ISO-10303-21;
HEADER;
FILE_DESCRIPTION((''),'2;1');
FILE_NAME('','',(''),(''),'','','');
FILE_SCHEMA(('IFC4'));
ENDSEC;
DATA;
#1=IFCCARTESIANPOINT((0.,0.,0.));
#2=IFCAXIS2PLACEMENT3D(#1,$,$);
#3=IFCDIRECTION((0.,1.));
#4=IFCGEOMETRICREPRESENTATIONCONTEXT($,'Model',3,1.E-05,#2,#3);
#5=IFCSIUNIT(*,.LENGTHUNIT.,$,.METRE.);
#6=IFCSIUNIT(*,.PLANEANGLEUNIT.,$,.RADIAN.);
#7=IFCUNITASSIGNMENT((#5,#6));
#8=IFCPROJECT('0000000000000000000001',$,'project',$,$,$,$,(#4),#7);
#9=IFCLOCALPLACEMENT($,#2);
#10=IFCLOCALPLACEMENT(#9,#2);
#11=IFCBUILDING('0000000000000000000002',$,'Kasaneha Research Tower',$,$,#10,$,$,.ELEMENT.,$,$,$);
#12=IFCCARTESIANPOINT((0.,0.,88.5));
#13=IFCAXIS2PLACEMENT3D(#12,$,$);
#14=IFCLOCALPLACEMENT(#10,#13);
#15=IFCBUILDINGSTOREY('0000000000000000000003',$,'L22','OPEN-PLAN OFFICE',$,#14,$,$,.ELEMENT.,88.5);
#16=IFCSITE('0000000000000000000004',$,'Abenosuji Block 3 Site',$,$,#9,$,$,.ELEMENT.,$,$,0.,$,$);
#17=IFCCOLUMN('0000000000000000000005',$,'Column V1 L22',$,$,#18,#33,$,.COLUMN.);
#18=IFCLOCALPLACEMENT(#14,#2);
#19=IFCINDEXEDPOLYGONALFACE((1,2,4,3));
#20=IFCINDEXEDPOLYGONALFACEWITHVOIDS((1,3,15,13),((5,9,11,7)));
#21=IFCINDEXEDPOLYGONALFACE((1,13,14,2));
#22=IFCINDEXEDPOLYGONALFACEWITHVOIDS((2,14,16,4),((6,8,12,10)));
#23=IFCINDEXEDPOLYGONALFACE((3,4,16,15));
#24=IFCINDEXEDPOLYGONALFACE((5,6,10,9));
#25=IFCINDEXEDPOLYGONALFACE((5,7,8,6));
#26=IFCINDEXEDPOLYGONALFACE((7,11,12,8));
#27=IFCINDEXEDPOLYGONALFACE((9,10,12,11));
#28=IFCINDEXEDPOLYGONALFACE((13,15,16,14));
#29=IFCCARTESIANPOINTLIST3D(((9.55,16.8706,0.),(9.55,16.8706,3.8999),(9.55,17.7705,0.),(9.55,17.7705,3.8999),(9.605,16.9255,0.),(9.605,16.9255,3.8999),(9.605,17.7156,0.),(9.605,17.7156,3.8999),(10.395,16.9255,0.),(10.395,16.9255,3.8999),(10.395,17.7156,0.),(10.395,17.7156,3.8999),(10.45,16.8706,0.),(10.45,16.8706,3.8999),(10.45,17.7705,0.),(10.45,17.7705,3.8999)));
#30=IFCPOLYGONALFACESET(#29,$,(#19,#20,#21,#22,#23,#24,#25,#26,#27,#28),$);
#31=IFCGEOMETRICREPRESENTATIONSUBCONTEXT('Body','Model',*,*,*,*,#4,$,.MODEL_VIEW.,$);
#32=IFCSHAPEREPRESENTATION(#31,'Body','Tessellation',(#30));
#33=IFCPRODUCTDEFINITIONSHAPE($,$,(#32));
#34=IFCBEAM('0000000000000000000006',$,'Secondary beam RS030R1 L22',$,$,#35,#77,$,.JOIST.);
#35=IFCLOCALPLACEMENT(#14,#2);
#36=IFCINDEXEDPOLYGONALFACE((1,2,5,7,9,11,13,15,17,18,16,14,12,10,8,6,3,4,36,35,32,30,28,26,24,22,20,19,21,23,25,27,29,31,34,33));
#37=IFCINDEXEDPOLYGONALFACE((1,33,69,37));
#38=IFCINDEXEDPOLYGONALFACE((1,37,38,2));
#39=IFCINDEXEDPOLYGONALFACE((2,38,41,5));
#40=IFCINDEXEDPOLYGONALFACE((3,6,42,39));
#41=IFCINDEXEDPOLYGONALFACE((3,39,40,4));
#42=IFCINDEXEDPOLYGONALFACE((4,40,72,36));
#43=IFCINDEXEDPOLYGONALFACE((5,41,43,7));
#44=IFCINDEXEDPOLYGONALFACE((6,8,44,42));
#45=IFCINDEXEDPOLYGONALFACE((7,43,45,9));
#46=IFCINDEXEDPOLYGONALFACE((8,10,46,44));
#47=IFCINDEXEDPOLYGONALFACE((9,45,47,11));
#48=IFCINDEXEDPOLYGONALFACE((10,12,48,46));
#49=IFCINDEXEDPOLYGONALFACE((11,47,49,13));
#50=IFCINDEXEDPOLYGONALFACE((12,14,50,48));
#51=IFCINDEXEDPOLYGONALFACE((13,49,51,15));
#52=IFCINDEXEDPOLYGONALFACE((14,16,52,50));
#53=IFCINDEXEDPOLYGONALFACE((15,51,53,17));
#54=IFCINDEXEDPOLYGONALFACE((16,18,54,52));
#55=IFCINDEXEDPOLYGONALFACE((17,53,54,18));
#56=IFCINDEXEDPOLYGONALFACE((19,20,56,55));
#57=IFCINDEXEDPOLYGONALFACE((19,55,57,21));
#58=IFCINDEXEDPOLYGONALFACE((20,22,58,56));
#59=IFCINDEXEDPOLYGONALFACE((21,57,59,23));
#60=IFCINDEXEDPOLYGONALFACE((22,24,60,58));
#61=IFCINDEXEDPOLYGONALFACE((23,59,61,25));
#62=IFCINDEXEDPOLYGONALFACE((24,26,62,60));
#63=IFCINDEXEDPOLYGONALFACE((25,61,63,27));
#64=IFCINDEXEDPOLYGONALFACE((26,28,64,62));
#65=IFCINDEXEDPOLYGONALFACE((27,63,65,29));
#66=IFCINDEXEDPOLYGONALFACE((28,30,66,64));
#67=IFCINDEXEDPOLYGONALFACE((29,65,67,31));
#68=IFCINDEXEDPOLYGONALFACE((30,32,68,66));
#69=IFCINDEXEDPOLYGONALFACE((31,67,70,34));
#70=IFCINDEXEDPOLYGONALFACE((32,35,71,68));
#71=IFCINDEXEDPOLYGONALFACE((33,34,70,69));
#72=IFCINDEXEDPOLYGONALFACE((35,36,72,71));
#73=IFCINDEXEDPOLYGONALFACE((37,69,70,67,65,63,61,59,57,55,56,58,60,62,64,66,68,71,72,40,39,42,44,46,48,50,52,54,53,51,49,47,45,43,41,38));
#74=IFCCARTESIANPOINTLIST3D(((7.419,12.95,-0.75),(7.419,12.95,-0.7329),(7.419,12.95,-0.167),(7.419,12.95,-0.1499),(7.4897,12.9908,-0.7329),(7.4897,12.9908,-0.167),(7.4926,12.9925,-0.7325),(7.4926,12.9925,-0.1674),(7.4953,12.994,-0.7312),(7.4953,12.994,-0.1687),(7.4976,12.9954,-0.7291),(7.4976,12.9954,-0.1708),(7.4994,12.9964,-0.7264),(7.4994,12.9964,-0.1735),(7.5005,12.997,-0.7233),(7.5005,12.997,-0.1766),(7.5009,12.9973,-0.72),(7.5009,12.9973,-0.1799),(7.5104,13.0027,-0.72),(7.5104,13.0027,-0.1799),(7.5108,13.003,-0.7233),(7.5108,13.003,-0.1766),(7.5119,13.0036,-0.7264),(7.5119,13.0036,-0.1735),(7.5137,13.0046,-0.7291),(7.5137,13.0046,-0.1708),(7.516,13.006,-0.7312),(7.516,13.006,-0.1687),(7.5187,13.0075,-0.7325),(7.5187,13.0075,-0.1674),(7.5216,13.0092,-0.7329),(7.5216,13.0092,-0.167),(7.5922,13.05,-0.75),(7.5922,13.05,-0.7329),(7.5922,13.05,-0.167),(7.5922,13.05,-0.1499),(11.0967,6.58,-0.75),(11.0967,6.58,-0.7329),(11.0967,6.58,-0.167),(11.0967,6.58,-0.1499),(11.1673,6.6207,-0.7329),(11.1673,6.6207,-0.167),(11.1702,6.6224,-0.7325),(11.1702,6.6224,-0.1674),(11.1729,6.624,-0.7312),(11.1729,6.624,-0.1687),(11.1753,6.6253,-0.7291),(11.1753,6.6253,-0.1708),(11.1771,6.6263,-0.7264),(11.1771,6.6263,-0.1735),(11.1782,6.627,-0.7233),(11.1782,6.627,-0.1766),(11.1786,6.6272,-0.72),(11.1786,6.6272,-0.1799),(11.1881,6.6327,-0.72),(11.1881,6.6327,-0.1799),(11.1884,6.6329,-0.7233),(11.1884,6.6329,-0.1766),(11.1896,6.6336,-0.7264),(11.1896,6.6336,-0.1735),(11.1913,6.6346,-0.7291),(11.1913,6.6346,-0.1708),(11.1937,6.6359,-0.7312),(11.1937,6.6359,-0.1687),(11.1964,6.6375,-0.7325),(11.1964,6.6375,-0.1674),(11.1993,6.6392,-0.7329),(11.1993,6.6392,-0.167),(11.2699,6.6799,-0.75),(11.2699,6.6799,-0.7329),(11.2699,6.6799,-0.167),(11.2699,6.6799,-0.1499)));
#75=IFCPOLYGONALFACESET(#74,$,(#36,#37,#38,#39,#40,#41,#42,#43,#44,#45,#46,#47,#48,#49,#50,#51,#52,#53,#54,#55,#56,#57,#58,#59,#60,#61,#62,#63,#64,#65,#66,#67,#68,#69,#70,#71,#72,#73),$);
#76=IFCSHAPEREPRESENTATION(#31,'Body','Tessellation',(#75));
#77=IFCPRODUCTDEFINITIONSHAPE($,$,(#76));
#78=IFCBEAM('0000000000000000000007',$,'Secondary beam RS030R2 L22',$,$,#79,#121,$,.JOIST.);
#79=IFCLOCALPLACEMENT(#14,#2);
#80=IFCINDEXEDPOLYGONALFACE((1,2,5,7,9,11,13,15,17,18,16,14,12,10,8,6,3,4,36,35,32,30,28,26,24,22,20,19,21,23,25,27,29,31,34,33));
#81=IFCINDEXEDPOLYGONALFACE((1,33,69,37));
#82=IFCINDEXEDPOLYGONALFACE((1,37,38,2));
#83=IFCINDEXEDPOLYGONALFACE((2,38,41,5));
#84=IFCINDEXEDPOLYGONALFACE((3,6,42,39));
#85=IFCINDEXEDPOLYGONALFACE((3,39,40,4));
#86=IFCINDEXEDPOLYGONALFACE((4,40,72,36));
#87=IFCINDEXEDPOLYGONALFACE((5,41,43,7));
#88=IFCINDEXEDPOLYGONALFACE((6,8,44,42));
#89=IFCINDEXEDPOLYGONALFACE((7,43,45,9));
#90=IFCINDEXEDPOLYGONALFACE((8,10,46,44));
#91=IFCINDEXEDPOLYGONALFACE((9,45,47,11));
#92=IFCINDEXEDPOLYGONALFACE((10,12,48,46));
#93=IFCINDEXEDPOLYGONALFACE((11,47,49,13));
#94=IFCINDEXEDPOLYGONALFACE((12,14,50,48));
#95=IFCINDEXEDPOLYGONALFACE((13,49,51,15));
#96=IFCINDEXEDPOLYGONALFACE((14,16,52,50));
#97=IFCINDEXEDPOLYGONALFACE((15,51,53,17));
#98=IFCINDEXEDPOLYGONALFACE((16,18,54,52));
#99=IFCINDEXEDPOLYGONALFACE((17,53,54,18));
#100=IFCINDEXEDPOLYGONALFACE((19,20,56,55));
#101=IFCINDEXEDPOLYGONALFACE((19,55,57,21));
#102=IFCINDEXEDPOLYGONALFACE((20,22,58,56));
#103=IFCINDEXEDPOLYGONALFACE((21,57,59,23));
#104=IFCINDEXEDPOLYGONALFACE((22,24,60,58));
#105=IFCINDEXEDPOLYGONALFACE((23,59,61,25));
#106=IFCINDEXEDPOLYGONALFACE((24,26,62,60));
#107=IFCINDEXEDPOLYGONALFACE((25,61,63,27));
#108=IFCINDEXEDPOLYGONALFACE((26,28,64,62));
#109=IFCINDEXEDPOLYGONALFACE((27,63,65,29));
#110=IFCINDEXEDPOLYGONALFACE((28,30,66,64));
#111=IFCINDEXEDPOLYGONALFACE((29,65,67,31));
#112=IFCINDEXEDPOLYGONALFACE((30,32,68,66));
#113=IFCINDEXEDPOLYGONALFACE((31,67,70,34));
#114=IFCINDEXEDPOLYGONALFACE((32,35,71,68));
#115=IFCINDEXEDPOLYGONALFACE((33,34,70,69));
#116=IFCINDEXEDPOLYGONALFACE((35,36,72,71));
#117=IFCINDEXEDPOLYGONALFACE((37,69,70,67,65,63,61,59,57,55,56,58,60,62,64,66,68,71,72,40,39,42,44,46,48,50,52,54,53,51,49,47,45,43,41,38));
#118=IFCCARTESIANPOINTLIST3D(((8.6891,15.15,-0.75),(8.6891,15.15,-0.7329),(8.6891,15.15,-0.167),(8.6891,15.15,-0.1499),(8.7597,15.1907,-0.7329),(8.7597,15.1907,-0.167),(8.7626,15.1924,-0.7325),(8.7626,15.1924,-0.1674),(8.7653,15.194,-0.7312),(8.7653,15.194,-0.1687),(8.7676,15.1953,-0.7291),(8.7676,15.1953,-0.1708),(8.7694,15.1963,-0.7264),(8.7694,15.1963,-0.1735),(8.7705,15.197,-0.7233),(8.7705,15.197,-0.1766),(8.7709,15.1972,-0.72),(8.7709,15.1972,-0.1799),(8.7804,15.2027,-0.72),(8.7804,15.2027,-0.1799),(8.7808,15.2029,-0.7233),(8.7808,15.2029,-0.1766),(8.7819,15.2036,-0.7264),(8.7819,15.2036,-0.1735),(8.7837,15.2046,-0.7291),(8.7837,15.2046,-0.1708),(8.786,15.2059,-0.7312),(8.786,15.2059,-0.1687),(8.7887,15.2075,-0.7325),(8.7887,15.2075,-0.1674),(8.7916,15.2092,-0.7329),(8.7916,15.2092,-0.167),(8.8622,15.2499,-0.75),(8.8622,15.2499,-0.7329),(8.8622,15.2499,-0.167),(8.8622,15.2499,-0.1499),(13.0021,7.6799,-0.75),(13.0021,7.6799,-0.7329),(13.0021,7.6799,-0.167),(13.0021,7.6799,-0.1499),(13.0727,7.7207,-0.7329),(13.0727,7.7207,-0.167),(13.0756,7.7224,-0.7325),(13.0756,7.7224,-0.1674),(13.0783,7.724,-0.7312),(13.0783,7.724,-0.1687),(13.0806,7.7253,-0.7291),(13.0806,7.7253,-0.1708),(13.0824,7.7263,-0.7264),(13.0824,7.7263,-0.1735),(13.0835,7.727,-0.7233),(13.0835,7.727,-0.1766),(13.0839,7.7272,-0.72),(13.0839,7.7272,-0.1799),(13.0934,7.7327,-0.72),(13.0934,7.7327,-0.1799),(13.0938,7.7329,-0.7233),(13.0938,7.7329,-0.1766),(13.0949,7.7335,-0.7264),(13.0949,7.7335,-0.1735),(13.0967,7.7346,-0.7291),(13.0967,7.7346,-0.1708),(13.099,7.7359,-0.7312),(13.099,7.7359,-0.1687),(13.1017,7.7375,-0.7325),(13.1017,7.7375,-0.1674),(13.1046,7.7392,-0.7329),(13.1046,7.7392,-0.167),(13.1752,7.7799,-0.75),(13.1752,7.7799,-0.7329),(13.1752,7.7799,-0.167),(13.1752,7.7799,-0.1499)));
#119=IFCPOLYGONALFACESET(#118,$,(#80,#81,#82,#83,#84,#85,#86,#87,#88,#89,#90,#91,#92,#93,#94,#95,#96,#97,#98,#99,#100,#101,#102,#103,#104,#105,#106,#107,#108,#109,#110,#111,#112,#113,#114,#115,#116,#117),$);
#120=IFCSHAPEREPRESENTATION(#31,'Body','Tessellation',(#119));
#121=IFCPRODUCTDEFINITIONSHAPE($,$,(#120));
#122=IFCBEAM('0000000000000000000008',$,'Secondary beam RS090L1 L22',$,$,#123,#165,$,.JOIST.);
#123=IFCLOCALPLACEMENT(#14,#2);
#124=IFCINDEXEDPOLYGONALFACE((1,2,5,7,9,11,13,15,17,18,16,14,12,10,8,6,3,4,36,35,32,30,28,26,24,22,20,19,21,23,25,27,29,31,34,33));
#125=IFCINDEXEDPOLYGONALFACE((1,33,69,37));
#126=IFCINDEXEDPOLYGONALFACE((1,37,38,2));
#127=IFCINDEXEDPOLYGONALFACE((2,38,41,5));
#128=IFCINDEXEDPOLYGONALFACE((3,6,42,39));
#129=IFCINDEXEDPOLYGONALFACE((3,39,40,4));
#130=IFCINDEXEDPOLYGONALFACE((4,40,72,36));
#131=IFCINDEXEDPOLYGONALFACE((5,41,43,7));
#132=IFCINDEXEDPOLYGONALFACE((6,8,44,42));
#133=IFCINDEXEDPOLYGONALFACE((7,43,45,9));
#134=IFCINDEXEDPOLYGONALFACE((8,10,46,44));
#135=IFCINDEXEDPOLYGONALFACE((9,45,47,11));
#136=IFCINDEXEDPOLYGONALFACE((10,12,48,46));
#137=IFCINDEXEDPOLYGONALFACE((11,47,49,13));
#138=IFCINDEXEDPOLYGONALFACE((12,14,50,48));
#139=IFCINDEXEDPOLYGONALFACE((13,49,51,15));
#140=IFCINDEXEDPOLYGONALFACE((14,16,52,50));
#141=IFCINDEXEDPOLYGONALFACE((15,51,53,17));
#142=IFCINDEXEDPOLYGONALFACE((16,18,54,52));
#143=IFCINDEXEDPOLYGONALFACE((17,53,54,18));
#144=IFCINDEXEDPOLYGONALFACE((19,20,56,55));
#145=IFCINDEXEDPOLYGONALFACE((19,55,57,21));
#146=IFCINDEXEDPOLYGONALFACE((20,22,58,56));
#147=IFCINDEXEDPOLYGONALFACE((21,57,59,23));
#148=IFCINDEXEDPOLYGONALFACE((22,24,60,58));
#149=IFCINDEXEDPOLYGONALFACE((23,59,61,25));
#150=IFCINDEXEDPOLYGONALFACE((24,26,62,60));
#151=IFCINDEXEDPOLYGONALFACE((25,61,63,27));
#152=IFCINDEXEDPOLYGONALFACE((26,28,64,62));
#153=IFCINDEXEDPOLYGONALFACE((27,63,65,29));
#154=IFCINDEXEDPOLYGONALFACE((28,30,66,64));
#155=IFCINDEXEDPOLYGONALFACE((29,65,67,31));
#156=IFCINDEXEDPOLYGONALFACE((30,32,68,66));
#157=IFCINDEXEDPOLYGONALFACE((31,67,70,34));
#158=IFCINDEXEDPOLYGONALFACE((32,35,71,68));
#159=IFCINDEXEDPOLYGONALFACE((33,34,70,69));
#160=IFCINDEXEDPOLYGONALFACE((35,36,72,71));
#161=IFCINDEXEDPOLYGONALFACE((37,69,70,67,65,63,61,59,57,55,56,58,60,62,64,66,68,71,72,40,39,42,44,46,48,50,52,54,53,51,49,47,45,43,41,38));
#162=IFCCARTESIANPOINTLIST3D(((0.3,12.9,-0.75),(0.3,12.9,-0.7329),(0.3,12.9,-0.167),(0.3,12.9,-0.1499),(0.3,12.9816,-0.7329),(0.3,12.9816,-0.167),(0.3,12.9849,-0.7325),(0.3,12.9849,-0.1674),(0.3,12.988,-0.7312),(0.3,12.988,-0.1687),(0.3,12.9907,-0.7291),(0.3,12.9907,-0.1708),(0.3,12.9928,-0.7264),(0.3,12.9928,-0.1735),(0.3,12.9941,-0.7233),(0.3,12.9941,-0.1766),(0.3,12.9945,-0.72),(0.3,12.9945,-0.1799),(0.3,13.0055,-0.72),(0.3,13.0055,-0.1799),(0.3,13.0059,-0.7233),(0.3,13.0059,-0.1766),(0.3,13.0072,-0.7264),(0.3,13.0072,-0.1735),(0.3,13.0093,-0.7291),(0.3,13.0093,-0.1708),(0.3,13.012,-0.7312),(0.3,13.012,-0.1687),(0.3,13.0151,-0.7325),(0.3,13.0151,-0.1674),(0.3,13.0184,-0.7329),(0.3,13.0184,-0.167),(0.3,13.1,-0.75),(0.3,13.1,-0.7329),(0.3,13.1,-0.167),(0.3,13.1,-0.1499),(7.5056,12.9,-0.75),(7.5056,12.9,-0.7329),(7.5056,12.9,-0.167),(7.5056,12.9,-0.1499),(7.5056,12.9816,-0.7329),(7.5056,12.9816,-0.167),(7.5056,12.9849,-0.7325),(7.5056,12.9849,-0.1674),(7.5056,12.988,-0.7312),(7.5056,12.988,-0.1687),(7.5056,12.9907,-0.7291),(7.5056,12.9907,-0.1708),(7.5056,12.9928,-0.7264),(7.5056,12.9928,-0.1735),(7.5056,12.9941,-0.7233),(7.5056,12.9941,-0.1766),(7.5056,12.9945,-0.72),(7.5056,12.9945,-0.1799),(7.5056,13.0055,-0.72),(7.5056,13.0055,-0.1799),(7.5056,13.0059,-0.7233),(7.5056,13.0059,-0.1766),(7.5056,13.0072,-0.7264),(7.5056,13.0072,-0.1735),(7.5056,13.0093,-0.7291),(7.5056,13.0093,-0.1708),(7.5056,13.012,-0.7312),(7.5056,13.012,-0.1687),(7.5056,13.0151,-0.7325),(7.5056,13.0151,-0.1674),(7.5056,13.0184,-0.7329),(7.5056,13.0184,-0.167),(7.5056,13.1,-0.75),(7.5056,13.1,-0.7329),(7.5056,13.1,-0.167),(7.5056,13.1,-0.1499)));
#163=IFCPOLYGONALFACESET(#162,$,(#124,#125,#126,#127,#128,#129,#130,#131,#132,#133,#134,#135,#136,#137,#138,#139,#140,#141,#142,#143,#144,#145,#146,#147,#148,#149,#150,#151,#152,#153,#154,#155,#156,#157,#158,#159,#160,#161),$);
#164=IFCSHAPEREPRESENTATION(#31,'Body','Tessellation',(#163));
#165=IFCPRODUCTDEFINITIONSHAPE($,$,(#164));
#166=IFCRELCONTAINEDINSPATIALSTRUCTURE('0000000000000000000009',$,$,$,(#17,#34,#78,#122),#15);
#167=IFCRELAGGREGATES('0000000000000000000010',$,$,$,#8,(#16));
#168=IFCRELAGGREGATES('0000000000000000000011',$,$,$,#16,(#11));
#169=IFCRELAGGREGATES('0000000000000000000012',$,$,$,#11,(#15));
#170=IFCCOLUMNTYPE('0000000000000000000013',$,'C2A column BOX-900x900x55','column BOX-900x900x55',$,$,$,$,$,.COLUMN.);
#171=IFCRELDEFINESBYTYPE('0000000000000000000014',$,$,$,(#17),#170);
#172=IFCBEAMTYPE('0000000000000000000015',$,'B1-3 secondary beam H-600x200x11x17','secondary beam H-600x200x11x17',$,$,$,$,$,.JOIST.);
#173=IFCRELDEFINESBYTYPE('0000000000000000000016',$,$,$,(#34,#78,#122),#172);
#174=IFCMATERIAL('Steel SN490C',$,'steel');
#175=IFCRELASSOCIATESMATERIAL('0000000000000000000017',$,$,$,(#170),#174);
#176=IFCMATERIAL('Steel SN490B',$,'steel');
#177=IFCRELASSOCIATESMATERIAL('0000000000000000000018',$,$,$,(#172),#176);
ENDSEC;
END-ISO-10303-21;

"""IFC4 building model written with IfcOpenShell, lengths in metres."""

from ifc_helpers import new_model, si_unit, direction, frame, origin, origin_2d, place, context, subcontext, project, spatial, hollow_rectangle, i_section, extrude, material, material_profile, profile_set, type_object, element, save


model = new_model("IFC4")

# Units and contexts
model_context = context("Model", 3, precision=1e-05, world=origin(), true_north=direction((0.0, 1.0)))
body_context = subcontext(model_context, "Body", "Model", "MODEL_VIEW")
ifc_project = project(units=[si_unit("LENGTHUNIT", "METRE"), si_unit("PLANEANGLEUNIT", "RADIAN")], contexts=[model_context])

# Site, building, storey
site_placement = place(None, origin())
site = spatial("IfcSite", under=ifc_project, at=site_placement, Name="Abenosuji Block 3 Site", CompositionType="ELEMENT", RefElevation=0.0)
building_placement = place(site_placement, origin())
building = spatial("IfcBuilding", under=site, at=building_placement, Name="Kasaneha Research Tower", CompositionType="ELEMENT")
storey_placement = place(building_placement, frame((0.0, 0.0, 88.5)))
storey = spatial("IfcBuildingStorey", under=building, at=storey_placement, Name="L22", Description="OPEN-PLAN OFFICE", CompositionType="ELEMENT", Elevation=88.5)

# Column
ifc_material_1 = material(Name="Steel SN490C", Category="steel")
ifc_material_profile_1 = material_profile(ifc_material_1, hollow_rectangle(XDim=0.8999, YDim=0.8999, WallThickness=0.0549, at=origin_2d()), Name="BOX-900x900x55")
ifc_profile_set_1 = profile_set([ifc_material_profile_1], Name="Steel SN490C")
column_type = type_object("IfcColumnType", Name="C2A column BOX-900x900x55", Description="column BOX-900x900x55", PredefinedType="COLUMN", material=ifc_profile_set_1)
column_placement = place(storey_placement, frame((10.0, 17.3206, 0.0), z_axis=(0.0, 0.0, 1.0), x_axis=(1.0, 0.0, 0.0)))
element("IfcColumn", 1, at=column_placement, inside=storey, type_object=column_type, Name="Column V1 L22", PredefinedType="COLUMN", context=body_context, shape_type="SweptSolid", body=[
    extrude(hollow_rectangle(XDim=0.8999, YDim=0.8999, WallThickness=0.0549, at=origin_2d()), origin(), (0.0, 0.0, 1.0), 3.8999),
])

# Beams
ifc_material_2 = material(Name="Steel SN490B", Category="steel")
ifc_material_profile_2 = material_profile(ifc_material_2, i_section(OverallWidth=0.2, OverallDepth=0.6001, WebThickness=0.011, FlangeThickness=0.0171, FilletRadius=0.0129, at=origin_2d()), Name="H-600x200x11x17")
ifc_profile_set_2 = profile_set([ifc_material_profile_2], Name="Steel SN490B")
beam_type_1 = type_object("IfcBeamType", Name="B1-3 secondary beam H-600x200x11x17", Description="secondary beam H-600x200x11x17", PredefinedType="JOIST", material=ifc_profile_set_2)
beam_1_placement = place(storey_placement, frame((7.5056, 13.0, -0.45), z_axis=(0.499994, -0.866029, 0.0), x_axis=(0.866029, 0.499994, 0.0)))
element("IfcBeam", 2, at=beam_1_placement, inside=storey, type_object=beam_type_1, Name="Secondary beam RS030R1 L22", PredefinedType="JOIST", context=body_context, shape_type="SweptSolid", body=[
    extrude(i_section(OverallWidth=0.2, OverallDepth=0.6001, WebThickness=0.011, FlangeThickness=0.0171, FilletRadius=0.0129, at=origin_2d()), origin(), (0.0, 0.0, 1.0), 7.3555),
])
beam_2_placement = place(storey_placement, frame((8.7756, 15.2, -0.45), z_axis=(0.500017, -0.866015, 0.0), x_axis=(0.866015, 0.500017, 0.0)))
element("IfcBeam", 3, at=beam_2_placement, inside=storey, type_object=beam_type_1, Name="Secondary beam RS030R2 L22", PredefinedType="JOIST", context=body_context, shape_type="SweptSolid", body=[
    extrude(i_section(OverallWidth=0.2, OverallDepth=0.6001, WebThickness=0.011, FlangeThickness=0.0171, FilletRadius=0.0129, at=origin_2d()), origin(), (0.0, 0.0, 1.0), 8.6257),
])
beam_3_placement = place(storey_placement, frame((7.5056, 13.0, -0.45), z_axis=(-1.0, 0.0, 0.0), x_axis=(0.0, -1.0, 0.0)))
element("IfcBeam", 4, at=beam_3_placement, inside=storey, type_object=beam_type_1, Name="Secondary beam RS090L1 L22", PredefinedType="JOIST", context=body_context, shape_type="SweptSolid", body=[
    extrude(i_section(OverallWidth=0.2, OverallDepth=0.6001, WebThickness=0.011, FlangeThickness=0.0171, FilletRadius=0.0129, at=origin_2d()), origin(), (0.0, 0.0, 1.0), 7.2056),
])

save(model, "model.ifc")
